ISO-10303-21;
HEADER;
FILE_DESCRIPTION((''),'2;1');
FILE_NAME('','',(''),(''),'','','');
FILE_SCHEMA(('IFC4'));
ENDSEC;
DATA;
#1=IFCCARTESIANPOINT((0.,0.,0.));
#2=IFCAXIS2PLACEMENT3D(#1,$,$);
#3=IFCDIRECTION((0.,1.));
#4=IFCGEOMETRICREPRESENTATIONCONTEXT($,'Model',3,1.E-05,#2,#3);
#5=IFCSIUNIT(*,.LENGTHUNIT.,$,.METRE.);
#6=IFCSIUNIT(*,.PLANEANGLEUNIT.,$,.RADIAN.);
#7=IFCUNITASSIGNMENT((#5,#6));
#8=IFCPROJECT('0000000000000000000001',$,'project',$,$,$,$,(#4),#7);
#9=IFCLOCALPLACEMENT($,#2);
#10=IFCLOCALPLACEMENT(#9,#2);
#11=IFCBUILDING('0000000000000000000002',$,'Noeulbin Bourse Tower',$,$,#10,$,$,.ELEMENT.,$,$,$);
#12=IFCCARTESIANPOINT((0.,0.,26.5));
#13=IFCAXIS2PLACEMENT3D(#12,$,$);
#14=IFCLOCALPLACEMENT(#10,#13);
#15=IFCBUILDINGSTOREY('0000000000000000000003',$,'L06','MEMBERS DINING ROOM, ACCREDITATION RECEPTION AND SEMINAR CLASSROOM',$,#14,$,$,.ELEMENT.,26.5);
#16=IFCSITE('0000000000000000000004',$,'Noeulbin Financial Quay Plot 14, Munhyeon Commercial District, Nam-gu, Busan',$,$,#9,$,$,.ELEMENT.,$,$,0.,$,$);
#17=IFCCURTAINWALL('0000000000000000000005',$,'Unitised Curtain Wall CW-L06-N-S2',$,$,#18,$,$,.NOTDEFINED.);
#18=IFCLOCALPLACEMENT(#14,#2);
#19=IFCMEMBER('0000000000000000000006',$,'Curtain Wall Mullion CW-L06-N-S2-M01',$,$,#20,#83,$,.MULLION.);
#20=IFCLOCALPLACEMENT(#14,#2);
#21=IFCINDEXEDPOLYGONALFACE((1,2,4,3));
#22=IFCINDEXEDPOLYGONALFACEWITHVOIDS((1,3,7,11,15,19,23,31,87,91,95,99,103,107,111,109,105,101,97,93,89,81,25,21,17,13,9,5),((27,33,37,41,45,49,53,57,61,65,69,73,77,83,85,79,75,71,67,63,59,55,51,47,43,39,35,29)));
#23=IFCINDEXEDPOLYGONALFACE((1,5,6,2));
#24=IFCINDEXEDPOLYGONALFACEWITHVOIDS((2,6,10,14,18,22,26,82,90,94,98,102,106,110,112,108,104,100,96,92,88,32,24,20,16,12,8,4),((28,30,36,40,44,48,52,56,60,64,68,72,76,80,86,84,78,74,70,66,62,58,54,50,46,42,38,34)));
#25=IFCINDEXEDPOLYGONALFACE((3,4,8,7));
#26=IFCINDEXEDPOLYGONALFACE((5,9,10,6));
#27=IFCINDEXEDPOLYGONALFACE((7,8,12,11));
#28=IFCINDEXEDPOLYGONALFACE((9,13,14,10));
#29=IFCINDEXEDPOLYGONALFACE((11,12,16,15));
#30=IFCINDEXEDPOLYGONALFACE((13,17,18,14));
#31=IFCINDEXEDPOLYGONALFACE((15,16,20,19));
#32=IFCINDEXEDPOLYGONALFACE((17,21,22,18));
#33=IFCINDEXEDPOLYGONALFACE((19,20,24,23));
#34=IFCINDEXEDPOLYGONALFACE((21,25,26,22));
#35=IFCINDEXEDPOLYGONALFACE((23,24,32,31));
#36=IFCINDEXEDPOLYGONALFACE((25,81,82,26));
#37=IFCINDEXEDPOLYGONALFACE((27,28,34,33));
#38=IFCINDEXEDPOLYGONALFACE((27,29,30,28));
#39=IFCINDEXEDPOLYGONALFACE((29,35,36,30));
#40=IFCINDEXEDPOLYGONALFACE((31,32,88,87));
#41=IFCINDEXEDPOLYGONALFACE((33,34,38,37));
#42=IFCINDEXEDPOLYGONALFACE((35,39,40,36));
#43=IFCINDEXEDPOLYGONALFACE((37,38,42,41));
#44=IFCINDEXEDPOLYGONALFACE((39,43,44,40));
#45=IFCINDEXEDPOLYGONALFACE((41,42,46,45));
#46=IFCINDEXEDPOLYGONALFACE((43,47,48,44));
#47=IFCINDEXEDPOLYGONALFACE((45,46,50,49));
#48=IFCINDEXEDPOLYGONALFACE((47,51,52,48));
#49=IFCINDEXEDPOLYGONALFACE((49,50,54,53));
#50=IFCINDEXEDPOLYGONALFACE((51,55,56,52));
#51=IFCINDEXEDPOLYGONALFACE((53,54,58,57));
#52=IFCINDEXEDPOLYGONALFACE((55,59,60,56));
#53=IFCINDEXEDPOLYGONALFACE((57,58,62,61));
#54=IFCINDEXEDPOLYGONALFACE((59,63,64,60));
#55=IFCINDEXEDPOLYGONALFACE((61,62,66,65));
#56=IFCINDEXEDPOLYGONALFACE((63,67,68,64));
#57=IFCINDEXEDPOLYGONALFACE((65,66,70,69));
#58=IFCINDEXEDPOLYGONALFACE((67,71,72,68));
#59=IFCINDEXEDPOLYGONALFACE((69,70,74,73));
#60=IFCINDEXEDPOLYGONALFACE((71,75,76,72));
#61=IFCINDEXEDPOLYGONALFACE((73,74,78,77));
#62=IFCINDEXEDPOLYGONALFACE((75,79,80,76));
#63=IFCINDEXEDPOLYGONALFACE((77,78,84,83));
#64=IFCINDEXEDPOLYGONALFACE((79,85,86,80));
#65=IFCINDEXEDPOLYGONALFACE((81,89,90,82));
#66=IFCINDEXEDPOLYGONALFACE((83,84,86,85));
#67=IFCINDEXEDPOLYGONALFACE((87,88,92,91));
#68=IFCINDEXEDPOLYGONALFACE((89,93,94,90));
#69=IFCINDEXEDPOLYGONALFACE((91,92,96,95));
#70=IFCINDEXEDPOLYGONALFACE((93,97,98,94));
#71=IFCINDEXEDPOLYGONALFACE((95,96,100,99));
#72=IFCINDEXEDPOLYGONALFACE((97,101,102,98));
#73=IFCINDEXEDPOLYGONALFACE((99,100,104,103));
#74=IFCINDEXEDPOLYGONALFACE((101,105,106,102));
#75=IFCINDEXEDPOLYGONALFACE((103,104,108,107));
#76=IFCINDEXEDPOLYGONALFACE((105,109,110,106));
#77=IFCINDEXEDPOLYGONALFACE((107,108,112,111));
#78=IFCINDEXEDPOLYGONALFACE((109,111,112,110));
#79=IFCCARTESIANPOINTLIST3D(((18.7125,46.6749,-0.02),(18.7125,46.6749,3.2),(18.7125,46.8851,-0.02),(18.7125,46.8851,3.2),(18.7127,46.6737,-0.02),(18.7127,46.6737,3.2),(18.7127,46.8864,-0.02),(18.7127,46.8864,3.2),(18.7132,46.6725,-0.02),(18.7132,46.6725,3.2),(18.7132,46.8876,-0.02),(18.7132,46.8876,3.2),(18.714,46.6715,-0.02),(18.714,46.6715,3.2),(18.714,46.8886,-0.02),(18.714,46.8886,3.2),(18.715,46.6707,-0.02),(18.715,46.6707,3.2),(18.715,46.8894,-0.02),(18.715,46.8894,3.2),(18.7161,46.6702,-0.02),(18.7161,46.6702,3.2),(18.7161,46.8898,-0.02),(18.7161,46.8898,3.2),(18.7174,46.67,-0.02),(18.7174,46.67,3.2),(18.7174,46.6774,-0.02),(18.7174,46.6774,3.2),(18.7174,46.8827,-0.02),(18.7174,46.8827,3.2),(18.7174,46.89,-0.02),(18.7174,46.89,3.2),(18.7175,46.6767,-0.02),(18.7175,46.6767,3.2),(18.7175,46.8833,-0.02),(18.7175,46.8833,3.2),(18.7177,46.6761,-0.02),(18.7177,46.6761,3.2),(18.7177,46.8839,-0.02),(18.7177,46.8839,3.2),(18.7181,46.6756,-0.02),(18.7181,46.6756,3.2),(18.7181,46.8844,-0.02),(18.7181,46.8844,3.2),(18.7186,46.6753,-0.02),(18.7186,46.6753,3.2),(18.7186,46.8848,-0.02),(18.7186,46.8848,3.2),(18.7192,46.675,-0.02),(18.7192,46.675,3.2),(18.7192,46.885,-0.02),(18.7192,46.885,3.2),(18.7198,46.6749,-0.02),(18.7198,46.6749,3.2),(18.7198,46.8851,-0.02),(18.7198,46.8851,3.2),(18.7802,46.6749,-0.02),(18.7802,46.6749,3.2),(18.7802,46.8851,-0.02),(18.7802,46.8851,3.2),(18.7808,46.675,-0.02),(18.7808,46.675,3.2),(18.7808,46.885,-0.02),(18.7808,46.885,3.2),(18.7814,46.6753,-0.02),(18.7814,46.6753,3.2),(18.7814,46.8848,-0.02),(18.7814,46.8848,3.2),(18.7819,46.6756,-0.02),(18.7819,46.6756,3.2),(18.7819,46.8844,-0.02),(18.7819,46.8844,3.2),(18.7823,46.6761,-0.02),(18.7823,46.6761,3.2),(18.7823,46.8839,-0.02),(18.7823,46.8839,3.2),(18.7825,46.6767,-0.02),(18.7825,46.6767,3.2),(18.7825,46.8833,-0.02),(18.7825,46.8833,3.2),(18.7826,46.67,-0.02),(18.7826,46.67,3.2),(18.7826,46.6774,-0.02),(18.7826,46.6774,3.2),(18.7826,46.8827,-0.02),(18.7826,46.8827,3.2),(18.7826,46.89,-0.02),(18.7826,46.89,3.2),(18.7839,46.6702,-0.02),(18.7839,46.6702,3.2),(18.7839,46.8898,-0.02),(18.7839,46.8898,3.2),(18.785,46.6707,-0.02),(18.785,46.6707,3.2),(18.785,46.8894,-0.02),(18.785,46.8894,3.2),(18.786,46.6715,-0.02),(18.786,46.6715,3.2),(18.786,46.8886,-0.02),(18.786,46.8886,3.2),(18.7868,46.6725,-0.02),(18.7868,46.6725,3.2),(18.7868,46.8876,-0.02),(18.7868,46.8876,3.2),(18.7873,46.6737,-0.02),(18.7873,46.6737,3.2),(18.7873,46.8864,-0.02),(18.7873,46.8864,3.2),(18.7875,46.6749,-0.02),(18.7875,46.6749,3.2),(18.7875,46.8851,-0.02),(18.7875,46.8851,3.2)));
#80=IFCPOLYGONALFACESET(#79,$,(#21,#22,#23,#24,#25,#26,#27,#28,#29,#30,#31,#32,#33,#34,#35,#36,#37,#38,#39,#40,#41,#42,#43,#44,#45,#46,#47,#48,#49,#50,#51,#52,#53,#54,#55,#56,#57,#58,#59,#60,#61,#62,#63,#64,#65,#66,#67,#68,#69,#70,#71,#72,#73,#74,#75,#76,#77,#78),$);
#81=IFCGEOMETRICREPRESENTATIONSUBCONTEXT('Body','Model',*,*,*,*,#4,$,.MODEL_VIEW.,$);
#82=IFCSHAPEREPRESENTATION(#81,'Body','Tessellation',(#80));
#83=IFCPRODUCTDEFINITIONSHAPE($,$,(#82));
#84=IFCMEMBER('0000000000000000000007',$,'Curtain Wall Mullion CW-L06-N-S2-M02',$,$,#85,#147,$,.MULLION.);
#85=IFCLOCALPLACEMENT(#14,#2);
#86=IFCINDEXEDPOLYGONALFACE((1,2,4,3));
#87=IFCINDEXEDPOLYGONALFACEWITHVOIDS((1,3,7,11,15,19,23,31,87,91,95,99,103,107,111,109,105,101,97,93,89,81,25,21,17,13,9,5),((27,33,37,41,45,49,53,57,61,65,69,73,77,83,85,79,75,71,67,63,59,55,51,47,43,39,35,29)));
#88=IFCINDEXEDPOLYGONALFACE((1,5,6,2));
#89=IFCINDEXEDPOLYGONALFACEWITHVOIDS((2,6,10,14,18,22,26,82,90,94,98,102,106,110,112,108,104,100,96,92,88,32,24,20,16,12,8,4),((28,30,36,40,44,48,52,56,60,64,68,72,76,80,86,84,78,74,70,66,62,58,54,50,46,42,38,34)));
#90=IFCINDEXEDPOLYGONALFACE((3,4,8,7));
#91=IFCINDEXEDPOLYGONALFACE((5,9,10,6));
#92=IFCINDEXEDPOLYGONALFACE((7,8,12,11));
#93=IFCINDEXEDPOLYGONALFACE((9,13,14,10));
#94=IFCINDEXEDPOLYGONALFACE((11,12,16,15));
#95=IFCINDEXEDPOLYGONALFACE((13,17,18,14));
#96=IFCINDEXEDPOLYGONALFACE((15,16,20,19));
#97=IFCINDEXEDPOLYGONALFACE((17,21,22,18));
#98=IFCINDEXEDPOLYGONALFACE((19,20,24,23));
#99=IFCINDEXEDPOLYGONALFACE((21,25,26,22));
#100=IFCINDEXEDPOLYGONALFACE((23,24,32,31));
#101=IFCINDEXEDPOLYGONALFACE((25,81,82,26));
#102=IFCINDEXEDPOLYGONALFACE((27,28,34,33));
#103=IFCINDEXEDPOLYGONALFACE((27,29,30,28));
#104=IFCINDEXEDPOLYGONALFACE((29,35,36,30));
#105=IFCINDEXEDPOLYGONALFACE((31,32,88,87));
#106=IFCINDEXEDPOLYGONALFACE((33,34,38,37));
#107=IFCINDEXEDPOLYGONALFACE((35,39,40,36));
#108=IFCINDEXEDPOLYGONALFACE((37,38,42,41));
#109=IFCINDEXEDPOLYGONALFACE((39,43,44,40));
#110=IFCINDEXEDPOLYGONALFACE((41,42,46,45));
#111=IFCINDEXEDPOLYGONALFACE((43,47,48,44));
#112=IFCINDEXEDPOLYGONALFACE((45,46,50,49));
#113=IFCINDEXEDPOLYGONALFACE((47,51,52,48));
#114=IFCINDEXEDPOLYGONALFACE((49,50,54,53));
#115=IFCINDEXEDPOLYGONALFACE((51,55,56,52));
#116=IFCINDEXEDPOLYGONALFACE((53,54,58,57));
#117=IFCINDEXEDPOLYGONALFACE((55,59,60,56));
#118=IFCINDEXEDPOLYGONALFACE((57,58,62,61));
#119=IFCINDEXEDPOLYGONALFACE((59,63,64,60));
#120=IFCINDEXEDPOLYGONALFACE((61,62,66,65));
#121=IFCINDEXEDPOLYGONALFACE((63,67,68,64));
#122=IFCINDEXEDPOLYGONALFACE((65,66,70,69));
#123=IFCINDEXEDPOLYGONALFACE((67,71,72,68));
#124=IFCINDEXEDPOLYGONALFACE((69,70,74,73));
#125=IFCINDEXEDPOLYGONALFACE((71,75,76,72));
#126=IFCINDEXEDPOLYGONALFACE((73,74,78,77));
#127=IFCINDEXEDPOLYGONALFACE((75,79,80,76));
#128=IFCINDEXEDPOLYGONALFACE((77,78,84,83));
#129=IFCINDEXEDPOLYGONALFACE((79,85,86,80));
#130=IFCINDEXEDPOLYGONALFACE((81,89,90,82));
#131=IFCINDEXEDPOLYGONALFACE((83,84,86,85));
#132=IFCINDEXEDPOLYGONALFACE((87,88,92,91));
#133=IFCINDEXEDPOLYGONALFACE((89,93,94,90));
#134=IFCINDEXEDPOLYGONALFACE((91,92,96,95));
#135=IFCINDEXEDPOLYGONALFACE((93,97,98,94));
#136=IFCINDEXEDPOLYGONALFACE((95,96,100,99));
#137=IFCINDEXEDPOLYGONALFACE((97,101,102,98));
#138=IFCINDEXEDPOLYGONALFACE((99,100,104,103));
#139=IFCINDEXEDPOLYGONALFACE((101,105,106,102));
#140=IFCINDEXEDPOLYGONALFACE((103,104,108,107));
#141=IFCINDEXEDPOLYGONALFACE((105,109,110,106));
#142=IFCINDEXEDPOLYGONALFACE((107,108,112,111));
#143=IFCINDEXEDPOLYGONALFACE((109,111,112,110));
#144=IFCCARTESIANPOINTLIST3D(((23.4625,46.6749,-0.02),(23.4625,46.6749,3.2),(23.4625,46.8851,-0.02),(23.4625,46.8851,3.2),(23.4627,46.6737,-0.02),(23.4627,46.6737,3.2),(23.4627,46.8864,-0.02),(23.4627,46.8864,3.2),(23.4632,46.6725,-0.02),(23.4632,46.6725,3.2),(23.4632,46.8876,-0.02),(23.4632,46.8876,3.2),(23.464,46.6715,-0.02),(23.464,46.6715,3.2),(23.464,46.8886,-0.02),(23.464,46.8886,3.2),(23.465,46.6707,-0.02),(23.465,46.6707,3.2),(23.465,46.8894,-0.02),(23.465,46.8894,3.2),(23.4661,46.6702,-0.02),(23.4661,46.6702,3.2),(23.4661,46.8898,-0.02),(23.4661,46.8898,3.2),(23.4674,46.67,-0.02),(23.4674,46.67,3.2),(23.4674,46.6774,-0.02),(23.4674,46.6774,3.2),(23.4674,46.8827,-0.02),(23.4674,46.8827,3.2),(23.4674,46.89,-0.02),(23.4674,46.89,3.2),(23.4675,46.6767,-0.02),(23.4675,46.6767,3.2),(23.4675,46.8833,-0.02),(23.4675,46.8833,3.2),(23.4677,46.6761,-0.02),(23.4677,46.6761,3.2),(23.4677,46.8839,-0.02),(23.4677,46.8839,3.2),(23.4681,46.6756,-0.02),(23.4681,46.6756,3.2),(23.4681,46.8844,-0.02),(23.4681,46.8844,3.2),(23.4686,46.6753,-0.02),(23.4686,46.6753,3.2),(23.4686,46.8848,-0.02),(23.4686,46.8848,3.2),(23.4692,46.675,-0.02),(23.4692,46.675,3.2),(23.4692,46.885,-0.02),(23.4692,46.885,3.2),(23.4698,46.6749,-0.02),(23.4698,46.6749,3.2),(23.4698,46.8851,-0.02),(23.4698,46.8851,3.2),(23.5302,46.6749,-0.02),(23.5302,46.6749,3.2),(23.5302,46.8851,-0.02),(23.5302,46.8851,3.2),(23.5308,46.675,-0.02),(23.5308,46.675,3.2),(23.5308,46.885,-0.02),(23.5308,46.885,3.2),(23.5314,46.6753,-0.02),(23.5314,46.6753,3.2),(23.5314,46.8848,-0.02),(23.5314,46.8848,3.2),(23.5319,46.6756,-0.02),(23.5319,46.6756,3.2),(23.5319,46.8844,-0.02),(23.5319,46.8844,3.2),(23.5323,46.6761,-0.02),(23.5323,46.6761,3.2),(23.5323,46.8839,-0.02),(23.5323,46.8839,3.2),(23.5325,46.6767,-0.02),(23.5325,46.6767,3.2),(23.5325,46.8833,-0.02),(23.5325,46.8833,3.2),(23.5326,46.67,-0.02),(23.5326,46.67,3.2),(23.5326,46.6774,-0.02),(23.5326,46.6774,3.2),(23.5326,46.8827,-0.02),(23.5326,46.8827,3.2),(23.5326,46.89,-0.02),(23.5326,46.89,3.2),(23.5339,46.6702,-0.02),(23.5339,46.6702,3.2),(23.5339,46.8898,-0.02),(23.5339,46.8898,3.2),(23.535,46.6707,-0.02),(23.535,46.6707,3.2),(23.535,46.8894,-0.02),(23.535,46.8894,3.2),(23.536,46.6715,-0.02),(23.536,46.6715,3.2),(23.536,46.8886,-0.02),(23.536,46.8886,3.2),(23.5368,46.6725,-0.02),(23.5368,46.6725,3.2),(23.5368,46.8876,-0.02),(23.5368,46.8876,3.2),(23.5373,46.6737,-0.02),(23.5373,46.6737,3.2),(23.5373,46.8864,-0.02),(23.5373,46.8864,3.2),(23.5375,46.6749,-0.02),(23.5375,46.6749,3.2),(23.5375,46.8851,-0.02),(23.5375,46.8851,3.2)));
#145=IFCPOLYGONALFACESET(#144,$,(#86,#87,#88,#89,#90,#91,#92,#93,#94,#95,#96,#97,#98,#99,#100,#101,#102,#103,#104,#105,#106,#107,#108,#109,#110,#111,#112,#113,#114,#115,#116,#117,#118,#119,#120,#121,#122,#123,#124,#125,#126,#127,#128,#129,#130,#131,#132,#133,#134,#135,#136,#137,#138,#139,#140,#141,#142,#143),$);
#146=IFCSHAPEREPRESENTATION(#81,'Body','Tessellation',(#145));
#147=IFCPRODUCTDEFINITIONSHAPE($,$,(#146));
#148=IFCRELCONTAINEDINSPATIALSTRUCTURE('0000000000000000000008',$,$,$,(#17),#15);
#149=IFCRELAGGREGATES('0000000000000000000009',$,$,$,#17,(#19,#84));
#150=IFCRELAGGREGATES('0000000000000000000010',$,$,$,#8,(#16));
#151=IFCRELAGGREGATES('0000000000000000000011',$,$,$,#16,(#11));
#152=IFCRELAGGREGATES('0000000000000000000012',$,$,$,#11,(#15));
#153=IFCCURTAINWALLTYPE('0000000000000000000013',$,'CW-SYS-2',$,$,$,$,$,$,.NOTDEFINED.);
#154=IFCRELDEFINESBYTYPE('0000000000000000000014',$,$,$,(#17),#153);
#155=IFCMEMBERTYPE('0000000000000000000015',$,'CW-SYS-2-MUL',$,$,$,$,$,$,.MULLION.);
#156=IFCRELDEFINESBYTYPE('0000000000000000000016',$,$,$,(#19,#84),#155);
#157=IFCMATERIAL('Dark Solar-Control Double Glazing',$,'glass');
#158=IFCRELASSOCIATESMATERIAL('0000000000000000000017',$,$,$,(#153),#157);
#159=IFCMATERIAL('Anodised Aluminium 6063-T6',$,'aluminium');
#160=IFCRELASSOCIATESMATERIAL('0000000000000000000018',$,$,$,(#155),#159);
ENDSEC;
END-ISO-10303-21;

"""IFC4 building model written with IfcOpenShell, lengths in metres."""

from ifc_helpers import new_model, si_unit, direction, frame, origin, origin_2d, place, context, subcontext, project, spatial, hollow_rectangle, extrude, material, material_profile, profile_set, type_object, element, aggregate, save


model = new_model("IFC4")

# Units and contexts
model_context = context("Model", 3, precision=1e-05, world=origin(), true_north=direction((0.0, 1.0)))
body_context = subcontext(model_context, "Body", "Model", "MODEL_VIEW")
ifc_project = project(units=[si_unit("LENGTHUNIT", "METRE"), si_unit("PLANEANGLEUNIT", "RADIAN")], contexts=[model_context])

# Site, building, storey
site_placement = place(None, origin())
site = spatial("IfcSite", under=ifc_project, at=site_placement, Name="Noeulbin Financial Quay Plot 14, Munhyeon Commercial District, Nam-gu, Busan", CompositionType="ELEMENT", RefElevation=0.0)
building_placement = place(site_placement, origin())
building = spatial("IfcBuilding", under=site, at=building_placement, Name="Noeulbin Bourse Tower", CompositionType="ELEMENT")
storey_placement = place(building_placement, frame((0.0, 0.0, 26.5)))
storey = spatial("IfcBuildingStorey", under=building, at=storey_placement, Name="L06", Description="MEMBERS DINING ROOM, ACCREDITATION RECEPTION AND SEMINAR CLASSROOM", CompositionType="ELEMENT", Elevation=26.5)

# Curtain wall, members
ifc_material_1 = material(Name="Dark Solar-Control Double Glazing", Category="glass")
curtain_wall_type = type_object("IfcCurtainWallType", Name="CW-SYS-2", PredefinedType="NOTDEFINED", material=ifc_material_1)
curtain_wall_1_placement = place(storey_placement, origin())
curtain_wall_1 = element("IfcCurtainWall", 1, at=curtain_wall_1_placement, inside=storey, type_object=curtain_wall_type, Name="Unitised Curtain Wall CW-L06-N-S2", PredefinedType="NOTDEFINED")
ifc_material_2 = material(Name="Anodised Aluminium 6063-T6", Category="aluminium")
ifc_material_profile_1 = material_profile(ifc_material_2, hollow_rectangle(XDim=0.075, YDim=0.22, WallThickness=0.0049, InnerFilletRadius=0.0024, OuterFilletRadius=0.0049, at=origin_2d()), Name="ALU-MULL-75x220x5", Category="LoadBearing")
ifc_profile_set_1 = profile_set([ifc_material_profile_1], Name="Anodised Aluminium 6063-T6")
member_type_1 = type_object("IfcMemberType", Name="CW-SYS-2-MUL", PredefinedType="MULLION", material=ifc_profile_set_1)
member_1_placement = place(storey_placement, frame((18.75, 46.78, -0.02), z_axis=(0.0, 0.0, 1.0), x_axis=(1.0, 0.0, 0.0)))
member_1 = element("IfcMember", 2, at=member_1_placement, type_object=member_type_1, Name="Curtain Wall Mullion CW-L06-N-S2-M01", PredefinedType="MULLION", context=body_context, shape_type="SweptSolid", body=[
    extrude(hollow_rectangle(XDim=0.075, YDim=0.22, WallThickness=0.0049, InnerFilletRadius=0.0024, OuterFilletRadius=0.0049, at=origin_2d()), origin(), (0.0, 0.0, 1.0), 3.22),
])
member_2_placement = place(storey_placement, frame((23.5, 46.78, -0.02), z_axis=(0.0, 0.0, 1.0), x_axis=(1.0, 0.0, 0.0)))
member_2 = element("IfcMember", 3, at=member_2_placement, type_object=member_type_1, Name="Curtain Wall Mullion CW-L06-N-S2-M02", PredefinedType="MULLION", context=body_context, shape_type="SweptSolid", body=[
    extrude(hollow_rectangle(XDim=0.075, YDim=0.22, WallThickness=0.0049, InnerFilletRadius=0.0024, OuterFilletRadius=0.0049, at=origin_2d()), origin(), (0.0, 0.0, 1.0), 3.22),
])

aggregate(curtain_wall_1, [member_1, member_2])

save(model, "model.ifc")
